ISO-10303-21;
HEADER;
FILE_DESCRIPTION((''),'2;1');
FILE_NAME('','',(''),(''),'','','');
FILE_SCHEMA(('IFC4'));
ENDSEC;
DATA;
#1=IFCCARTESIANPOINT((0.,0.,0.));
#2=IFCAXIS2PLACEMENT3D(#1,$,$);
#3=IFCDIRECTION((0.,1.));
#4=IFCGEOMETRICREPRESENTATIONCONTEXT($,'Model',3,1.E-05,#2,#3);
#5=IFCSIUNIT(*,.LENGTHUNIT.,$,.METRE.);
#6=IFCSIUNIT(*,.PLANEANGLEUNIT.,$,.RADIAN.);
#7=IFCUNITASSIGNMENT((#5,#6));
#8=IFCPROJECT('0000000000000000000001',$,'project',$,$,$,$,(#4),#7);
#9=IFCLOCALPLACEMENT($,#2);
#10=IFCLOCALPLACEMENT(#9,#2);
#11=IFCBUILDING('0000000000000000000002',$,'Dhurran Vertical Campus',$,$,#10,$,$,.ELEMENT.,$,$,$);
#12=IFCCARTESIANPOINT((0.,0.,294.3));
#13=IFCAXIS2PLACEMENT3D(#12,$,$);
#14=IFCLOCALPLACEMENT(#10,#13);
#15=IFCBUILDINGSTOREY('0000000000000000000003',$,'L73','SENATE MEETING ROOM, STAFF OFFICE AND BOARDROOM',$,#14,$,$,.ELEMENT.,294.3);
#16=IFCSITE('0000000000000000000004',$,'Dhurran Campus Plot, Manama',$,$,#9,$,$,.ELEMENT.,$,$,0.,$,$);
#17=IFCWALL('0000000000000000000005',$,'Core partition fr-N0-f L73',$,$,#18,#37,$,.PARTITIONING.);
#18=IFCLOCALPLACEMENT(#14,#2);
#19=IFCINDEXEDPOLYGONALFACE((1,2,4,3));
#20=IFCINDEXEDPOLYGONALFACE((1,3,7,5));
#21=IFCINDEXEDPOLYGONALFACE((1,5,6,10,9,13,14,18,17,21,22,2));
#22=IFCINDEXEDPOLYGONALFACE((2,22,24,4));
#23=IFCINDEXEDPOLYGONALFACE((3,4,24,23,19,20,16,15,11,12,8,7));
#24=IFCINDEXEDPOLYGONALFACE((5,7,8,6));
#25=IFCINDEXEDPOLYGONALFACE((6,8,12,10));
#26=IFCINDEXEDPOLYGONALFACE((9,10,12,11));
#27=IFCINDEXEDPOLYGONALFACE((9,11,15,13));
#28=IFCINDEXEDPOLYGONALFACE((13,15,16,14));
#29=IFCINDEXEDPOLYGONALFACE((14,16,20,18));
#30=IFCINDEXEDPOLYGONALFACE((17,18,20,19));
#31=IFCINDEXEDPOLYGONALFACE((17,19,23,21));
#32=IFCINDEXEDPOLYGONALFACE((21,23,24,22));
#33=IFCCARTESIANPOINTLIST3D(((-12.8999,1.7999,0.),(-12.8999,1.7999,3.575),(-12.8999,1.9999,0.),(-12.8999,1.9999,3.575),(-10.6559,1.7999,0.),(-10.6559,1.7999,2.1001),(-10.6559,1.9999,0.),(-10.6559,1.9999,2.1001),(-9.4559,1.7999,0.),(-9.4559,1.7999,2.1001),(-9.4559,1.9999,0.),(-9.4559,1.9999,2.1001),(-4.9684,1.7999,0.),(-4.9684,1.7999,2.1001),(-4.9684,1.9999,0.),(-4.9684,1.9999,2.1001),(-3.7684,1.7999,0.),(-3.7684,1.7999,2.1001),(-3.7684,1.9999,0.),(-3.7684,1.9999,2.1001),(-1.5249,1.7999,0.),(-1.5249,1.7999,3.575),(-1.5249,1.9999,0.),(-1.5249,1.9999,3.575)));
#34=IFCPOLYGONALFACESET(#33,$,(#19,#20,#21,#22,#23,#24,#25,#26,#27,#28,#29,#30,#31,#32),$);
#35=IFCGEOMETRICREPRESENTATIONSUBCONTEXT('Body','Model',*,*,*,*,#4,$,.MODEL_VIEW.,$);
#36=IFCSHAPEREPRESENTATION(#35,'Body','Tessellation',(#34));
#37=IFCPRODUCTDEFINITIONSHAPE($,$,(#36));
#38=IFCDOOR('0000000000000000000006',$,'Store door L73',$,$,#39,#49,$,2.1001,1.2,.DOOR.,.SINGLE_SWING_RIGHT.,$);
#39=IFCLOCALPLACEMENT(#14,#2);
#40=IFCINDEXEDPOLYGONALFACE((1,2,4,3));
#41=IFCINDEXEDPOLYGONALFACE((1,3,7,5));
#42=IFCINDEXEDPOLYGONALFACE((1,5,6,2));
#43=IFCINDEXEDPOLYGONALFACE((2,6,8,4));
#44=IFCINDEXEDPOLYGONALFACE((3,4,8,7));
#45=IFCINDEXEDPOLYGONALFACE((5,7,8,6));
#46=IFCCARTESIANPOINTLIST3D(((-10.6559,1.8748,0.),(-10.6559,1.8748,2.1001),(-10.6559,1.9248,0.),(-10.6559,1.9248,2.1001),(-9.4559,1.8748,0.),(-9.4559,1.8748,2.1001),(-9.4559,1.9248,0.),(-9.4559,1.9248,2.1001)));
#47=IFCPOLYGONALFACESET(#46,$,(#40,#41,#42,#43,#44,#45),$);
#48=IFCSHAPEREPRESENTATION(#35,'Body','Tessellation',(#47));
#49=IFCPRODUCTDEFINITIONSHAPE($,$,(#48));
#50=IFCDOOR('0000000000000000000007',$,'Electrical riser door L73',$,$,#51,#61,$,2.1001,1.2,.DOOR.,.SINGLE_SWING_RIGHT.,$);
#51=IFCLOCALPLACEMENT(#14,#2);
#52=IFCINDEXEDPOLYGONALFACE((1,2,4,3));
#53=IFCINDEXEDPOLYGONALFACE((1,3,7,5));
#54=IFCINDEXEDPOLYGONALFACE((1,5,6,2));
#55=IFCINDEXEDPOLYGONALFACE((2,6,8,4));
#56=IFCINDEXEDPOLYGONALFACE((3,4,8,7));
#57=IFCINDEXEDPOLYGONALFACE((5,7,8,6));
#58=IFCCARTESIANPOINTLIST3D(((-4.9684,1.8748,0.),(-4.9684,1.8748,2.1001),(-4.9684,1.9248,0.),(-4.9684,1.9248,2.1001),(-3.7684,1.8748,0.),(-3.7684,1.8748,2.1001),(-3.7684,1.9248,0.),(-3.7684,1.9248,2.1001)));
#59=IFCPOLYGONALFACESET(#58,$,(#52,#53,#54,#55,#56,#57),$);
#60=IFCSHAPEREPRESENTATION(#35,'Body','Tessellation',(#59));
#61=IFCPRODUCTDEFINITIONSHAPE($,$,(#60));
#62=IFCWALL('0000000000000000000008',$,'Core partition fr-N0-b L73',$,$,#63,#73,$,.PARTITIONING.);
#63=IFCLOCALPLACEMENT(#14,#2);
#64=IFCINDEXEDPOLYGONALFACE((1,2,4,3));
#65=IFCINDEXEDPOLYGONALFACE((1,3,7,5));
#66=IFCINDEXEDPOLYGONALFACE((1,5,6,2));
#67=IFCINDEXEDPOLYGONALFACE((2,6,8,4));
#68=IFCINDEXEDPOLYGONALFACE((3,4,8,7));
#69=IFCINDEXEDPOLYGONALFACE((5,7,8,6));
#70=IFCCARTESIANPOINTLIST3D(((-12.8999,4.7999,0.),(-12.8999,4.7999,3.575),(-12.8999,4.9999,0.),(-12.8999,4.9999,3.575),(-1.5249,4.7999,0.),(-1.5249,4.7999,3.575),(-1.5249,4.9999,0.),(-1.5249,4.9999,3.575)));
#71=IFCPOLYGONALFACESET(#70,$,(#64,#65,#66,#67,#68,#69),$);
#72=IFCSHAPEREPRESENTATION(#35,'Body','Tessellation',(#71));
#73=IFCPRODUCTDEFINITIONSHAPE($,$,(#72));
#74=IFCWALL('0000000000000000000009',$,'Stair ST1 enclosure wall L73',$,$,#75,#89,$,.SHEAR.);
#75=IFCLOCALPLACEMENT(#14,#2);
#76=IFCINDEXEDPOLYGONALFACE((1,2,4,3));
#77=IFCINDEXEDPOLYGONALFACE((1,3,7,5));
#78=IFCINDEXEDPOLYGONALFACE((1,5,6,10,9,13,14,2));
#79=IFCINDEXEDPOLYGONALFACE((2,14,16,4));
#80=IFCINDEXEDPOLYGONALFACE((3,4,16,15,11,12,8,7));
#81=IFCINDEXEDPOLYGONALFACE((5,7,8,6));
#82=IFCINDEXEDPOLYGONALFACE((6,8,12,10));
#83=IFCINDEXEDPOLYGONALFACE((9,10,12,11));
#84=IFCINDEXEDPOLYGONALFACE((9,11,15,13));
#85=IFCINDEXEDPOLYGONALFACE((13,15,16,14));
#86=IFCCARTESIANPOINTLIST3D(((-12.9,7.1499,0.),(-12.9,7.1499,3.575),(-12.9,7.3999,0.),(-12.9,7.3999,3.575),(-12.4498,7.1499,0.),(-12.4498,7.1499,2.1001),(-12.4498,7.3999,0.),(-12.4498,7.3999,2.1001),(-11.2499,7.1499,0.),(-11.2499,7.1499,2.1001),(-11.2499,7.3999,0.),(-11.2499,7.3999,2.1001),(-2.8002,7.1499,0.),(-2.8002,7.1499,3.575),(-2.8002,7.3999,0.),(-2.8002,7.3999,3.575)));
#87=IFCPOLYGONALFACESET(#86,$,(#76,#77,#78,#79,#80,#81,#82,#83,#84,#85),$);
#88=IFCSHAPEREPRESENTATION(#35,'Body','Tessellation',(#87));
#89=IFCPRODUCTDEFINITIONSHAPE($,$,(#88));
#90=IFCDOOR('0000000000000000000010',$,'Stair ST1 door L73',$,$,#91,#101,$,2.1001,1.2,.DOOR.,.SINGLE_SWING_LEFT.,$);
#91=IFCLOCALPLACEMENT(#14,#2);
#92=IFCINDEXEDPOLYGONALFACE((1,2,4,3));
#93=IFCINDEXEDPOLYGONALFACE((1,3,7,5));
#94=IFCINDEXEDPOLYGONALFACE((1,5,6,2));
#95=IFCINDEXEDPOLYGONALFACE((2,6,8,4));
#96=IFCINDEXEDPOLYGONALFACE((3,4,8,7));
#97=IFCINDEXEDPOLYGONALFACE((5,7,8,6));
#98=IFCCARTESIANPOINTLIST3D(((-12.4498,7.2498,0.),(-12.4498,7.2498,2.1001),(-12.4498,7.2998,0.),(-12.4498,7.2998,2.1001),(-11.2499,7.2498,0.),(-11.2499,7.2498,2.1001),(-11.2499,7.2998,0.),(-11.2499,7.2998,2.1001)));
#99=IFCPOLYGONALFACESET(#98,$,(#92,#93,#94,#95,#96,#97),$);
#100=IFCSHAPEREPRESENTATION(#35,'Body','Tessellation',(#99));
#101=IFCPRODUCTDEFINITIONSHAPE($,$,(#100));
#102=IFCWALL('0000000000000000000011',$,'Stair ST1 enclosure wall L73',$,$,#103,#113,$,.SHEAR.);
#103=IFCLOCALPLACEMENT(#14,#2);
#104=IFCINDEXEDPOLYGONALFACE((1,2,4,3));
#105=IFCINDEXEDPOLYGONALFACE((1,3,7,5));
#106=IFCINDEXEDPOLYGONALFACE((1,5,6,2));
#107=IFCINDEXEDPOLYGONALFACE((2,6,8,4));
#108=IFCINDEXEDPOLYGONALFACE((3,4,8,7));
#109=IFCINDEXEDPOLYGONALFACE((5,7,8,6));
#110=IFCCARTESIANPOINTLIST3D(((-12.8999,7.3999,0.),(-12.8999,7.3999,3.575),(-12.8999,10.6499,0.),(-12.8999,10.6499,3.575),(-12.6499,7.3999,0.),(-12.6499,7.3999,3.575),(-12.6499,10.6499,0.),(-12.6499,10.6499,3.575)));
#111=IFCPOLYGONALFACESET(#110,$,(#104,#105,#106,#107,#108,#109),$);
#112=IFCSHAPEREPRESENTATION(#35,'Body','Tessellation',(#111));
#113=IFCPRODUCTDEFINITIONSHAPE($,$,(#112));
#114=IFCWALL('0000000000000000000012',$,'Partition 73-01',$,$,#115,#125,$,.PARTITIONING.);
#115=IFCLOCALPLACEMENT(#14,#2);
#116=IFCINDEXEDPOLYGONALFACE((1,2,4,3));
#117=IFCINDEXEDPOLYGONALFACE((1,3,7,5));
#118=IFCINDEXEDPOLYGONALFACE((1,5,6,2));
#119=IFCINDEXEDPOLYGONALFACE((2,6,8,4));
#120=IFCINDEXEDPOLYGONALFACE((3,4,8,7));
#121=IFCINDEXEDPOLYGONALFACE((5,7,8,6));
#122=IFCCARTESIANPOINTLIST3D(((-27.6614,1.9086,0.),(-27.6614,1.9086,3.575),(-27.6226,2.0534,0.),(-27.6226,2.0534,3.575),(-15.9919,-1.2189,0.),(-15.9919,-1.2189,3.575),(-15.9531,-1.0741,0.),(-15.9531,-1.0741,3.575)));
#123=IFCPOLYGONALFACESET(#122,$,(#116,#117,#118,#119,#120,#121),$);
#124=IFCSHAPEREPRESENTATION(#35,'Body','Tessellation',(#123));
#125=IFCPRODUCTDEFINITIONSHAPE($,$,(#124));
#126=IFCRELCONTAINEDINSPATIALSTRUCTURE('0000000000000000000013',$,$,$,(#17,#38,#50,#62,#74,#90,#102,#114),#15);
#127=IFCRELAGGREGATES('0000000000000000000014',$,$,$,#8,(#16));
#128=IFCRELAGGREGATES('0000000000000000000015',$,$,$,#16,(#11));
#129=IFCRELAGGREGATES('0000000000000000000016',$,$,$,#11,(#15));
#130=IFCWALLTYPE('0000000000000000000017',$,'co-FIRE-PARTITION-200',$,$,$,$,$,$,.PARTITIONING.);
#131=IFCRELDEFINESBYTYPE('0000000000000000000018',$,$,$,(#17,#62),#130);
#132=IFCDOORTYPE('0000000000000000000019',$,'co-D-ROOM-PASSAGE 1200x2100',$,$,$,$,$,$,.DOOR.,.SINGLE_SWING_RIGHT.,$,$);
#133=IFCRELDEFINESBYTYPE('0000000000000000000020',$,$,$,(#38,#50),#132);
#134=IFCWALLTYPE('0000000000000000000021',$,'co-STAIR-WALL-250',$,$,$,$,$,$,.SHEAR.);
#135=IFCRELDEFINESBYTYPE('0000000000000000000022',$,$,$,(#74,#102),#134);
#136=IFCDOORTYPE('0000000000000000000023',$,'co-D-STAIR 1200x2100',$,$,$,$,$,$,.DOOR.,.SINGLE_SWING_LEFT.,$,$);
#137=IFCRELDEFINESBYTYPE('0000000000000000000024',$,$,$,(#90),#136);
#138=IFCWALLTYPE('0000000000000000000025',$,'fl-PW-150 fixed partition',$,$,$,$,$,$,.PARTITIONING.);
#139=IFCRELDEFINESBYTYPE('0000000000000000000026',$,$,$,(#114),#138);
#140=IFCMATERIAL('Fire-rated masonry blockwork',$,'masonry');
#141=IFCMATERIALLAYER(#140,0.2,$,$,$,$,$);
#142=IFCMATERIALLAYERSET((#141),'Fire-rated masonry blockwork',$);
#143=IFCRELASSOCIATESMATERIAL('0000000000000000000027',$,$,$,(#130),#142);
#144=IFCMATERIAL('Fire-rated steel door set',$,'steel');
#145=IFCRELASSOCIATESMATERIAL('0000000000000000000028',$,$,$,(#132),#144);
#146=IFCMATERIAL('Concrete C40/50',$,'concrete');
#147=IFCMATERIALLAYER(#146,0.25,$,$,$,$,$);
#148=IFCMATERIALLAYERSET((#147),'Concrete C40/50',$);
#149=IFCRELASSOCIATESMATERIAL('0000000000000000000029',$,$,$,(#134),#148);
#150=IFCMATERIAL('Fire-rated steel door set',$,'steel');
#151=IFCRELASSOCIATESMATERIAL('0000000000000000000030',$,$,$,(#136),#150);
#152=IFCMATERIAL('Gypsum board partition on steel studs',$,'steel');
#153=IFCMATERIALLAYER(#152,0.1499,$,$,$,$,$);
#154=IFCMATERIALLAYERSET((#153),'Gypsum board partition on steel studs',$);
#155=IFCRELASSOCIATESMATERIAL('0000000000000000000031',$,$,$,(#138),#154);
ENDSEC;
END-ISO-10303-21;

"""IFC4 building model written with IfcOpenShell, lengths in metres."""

from ifc_helpers import new_model, si_unit, direction, frame, frame_2d, origin, place, context, subcontext, project, spatial, rectangle, extrude, material, layer, layer_set, type_object, element, fill, save


model = new_model("IFC4")

# Units and contexts
model_context = context("Model", 3, precision=1e-05, world=origin(), true_north=direction((0.0, 1.0)))
body_context = subcontext(model_context, "Body", "Model", "MODEL_VIEW")
ifc_project = project(units=[si_unit("LENGTHUNIT", "METRE"), si_unit("PLANEANGLEUNIT", "RADIAN")], contexts=[model_context])

# Site, building, storey
site_placement = place(None, origin())
site = spatial("IfcSite", under=ifc_project, at=site_placement, Name="Dhurran Campus Plot, Manama", CompositionType="ELEMENT", RefElevation=0.0)
building_placement = place(site_placement, origin())
building = spatial("IfcBuilding", under=site, at=building_placement, Name="Dhurran Vertical Campus", CompositionType="ELEMENT")
storey_placement = place(building_placement, frame((0.0, 0.0, 294.3)))
storey = spatial("IfcBuildingStorey", under=building, at=storey_placement, Name="L73", Description="SENATE MEETING ROOM, STAFF OFFICE AND BOARDROOM", CompositionType="ELEMENT", Elevation=294.3)

# Wall, openings, doors
ifc_material_1 = material(Name="Fire-rated masonry blockwork", Category="masonry")
ifc_layer_1 = layer(ifc_material_1, 0.2)
ifc_layer_set_1 = layer_set([ifc_layer_1], Name="Fire-rated masonry blockwork")
wall_type_1 = type_object("IfcWallType", Name="co-FIRE-PARTITION-200", PredefinedType="PARTITIONING", material=ifc_layer_set_1)
wall_1_placement = place(storey_placement, frame((-12.8999, 1.8999, 0.0), z_axis=(0.0, 0.0, 1.0), x_axis=(1.0, 0.0, 0.0)))
wall_1 = element("IfcWall", 1, at=wall_1_placement, inside=storey, type_object=wall_type_1, Name="Core partition fr-N0-f L73", PredefinedType="PARTITIONING", context=body_context, shape_type="SweptSolid", body=[
    extrude(rectangle(XDim=11.375, YDim=0.2, at=frame_2d((5.6875, 0.0))), origin(), (0.0, 0.0, 1.0), 3.575),
])
opening_1_placement = place(wall_1_placement, frame((2.2439, 0.0, 0.0)))
opening_1 = element("IfcOpeningElement", 2, at=opening_1_placement, cuts=wall_1, PredefinedType="OPENING", context=body_context, shape_type="SweptSolid", body=[
    extrude(rectangle(XDim=1.2, YDim=2.1001, at=frame_2d((0.6001, 1.05))), frame((0.0, 0.1099, 0.0), z_axis=(0.0, -1.0, 0.0), x_axis=(1.0, 0.0, 0.0)), (0.0, 0.0, 1.0), 0.22),
])
opening_2_placement = place(wall_1_placement, frame((7.9314, 0.0, 0.0)))
opening_2 = element("IfcOpeningElement", 3, at=opening_2_placement, cuts=wall_1, PredefinedType="OPENING", context=body_context, shape_type="SweptSolid", body=[
    extrude(rectangle(XDim=1.2, YDim=2.1001, at=frame_2d((0.6001, 1.05))), frame((0.0, 0.1099, 0.0), z_axis=(0.0, -1.0, 0.0), x_axis=(1.0, 0.0, 0.0)), (0.0, 0.0, 1.0), 0.22),
])
ifc_material_2 = material(Name="Fire-rated steel door set", Category="steel")
door_type_1 = type_object("IfcDoorType", Name="co-D-ROOM-PASSAGE 1200x2100", OperationType="SINGLE_SWING_RIGHT", PredefinedType="DOOR", material=ifc_material_2)
door_1_placement = place(opening_1_placement, origin())
door_1 = element("IfcDoor", 4, at=door_1_placement, inside=storey, type_object=door_type_1, Name="Store door L73", OperationType="SINGLE_SWING_RIGHT", OverallHeight=2.1001, OverallWidth=1.2, PredefinedType="DOOR", context=body_context, shape_type="SweptSolid", body=[
    extrude(rectangle(XDim=1.2, YDim=2.1001, at=frame_2d((0.6001, 1.05))), frame((0.0, 0.0249, 0.0), z_axis=(0.0, -1.0, 0.0), x_axis=(1.0, 0.0, 0.0)), (0.0, 0.0, 1.0), 0.05),
])
fill(opening_1, door_1)
door_2_placement = place(opening_2_placement, origin())
door_2 = element("IfcDoor", 5, at=door_2_placement, inside=storey, type_object=door_type_1, Name="Electrical riser door L73", OperationType="SINGLE_SWING_RIGHT", OverallHeight=2.1001, OverallWidth=1.2, PredefinedType="DOOR", context=body_context, shape_type="SweptSolid", body=[
    extrude(rectangle(XDim=1.2, YDim=2.1001, at=frame_2d((0.6001, 1.05))), frame((0.0, 0.0249, 0.0), z_axis=(0.0, -1.0, 0.0), x_axis=(1.0, 0.0, 0.0)), (0.0, 0.0, 1.0), 0.05),
])
fill(opening_2, door_2)

# Wall
wall_2_placement = place(storey_placement, frame((-12.8999, 4.8999, 0.0), z_axis=(0.0, 0.0, 1.0), x_axis=(1.0, 0.0, 0.0)))
element("IfcWall", 6, at=wall_2_placement, inside=storey, type_object=wall_type_1, Name="Core partition fr-N0-b L73", PredefinedType="PARTITIONING", context=body_context, shape_type="SweptSolid", body=[
    extrude(rectangle(XDim=11.375, YDim=0.2, at=frame_2d((5.6875, 0.0))), origin(), (0.0, 0.0, 1.0), 3.575),
])

# Wall, opening, door
ifc_material_3 = material(Name="Concrete C40/50", Category="concrete")
ifc_layer_2 = layer(ifc_material_3, 0.25)
ifc_layer_set_2 = layer_set([ifc_layer_2], Name="Concrete C40/50")
wall_type_2 = type_object("IfcWallType", Name="co-STAIR-WALL-250", PredefinedType="SHEAR", material=ifc_layer_set_2)
wall_3_placement = place(storey_placement, frame((-12.8999, 7.2749, 0.0), z_axis=(0.0, 0.0, 1.0), x_axis=(1.0, 0.0, 0.0)))
wall_3 = element("IfcWall", 7, at=wall_3_placement, inside=storey, type_object=wall_type_2, Name="Stair ST1 enclosure wall L73", PredefinedType="SHEAR", context=body_context, shape_type="SweptSolid", body=[
    extrude(rectangle(XDim=10.0999, YDim=0.25, at=frame_2d((5.0498, 0.0))), origin(), (0.0, 0.0, 1.0), 3.575),
])
opening_3_placement = place(wall_3_placement, frame((0.45, 0.0, 0.0)))
opening_3 = element("IfcOpeningElement", 8, at=opening_3_placement, cuts=wall_3, PredefinedType="OPENING", context=body_context, shape_type="SweptSolid", body=[
    extrude(rectangle(XDim=1.2, YDim=2.1001, at=frame_2d((0.6001, 1.05))), frame((0.0, 0.135, 0.0), z_axis=(0.0, -1.0, 0.0), x_axis=(1.0, 0.0, 0.0)), (0.0, 0.0, 1.0), 0.27),
])
ifc_material_4 = material(Name="Fire-rated steel door set", Category="steel")
door_type_2 = type_object("IfcDoorType", Name="co-D-STAIR 1200x2100", OperationType="SINGLE_SWING_LEFT", PredefinedType="DOOR", material=ifc_material_4)
door_3_placement = place(opening_3_placement, origin())
door_3 = element("IfcDoor", 9, at=door_3_placement, inside=storey, type_object=door_type_2, Name="Stair ST1 door L73", OperationType="SINGLE_SWING_LEFT", OverallHeight=2.1001, OverallWidth=1.2, PredefinedType="DOOR", context=body_context, shape_type="SweptSolid", body=[
    extrude(rectangle(XDim=1.2, YDim=2.1001, at=frame_2d((0.6001, 1.05))), frame((0.0, 0.0249, 0.0), z_axis=(0.0, -1.0, 0.0), x_axis=(1.0, 0.0, 0.0)), (0.0, 0.0, 1.0), 0.05),
])
fill(opening_3, door_3)

# Walls
wall_4_placement = place(storey_placement, frame((-12.7749, 7.3999, 0.0), z_axis=(0.0, 0.0, 1.0), x_axis=(0.0, 1.0, 0.0)))
element("IfcWall", 10, at=wall_4_placement, inside=storey, type_object=wall_type_2, Name="Stair ST1 enclosure wall L73", PredefinedType="SHEAR", context=body_context, shape_type="SweptSolid", body=[
    extrude(rectangle(XDim=3.25, YDim=0.25, at=frame_2d((1.625, 0.0))), origin(), (0.0, 0.0, 1.0), 3.575),
])
ifc_material_5 = material(Name="Gypsum board partition on steel studs", Category="steel")
ifc_layer_3 = layer(ifc_material_5, 0.1499)
ifc_layer_set_3 = layer_set([ifc_layer_3], Name="Gypsum board partition on steel studs")
wall_type_3 = type_object("IfcWallType", Name="fl-PW-150 fixed partition", PredefinedType="PARTITIONING", material=ifc_layer_set_3)
wall_5_placement = place(storey_placement, frame((-27.6418, 1.981, 0.0), z_axis=(0.0, 0.0, 1.0), x_axis=(0.965913, -0.258867, 0.0)))
element("IfcWall", 11, at=wall_5_placement, inside=storey, type_object=wall_type_3, Name="Partition 73-01", PredefinedType="PARTITIONING", context=body_context, shape_type="SweptSolid", body=[
    extrude(rectangle(XDim=12.0813, YDim=0.1499, at=frame_2d((6.0405, 0.0))), origin(), (0.0, 0.0, 1.0), 3.575),
])

save(model, "model.ifc")
